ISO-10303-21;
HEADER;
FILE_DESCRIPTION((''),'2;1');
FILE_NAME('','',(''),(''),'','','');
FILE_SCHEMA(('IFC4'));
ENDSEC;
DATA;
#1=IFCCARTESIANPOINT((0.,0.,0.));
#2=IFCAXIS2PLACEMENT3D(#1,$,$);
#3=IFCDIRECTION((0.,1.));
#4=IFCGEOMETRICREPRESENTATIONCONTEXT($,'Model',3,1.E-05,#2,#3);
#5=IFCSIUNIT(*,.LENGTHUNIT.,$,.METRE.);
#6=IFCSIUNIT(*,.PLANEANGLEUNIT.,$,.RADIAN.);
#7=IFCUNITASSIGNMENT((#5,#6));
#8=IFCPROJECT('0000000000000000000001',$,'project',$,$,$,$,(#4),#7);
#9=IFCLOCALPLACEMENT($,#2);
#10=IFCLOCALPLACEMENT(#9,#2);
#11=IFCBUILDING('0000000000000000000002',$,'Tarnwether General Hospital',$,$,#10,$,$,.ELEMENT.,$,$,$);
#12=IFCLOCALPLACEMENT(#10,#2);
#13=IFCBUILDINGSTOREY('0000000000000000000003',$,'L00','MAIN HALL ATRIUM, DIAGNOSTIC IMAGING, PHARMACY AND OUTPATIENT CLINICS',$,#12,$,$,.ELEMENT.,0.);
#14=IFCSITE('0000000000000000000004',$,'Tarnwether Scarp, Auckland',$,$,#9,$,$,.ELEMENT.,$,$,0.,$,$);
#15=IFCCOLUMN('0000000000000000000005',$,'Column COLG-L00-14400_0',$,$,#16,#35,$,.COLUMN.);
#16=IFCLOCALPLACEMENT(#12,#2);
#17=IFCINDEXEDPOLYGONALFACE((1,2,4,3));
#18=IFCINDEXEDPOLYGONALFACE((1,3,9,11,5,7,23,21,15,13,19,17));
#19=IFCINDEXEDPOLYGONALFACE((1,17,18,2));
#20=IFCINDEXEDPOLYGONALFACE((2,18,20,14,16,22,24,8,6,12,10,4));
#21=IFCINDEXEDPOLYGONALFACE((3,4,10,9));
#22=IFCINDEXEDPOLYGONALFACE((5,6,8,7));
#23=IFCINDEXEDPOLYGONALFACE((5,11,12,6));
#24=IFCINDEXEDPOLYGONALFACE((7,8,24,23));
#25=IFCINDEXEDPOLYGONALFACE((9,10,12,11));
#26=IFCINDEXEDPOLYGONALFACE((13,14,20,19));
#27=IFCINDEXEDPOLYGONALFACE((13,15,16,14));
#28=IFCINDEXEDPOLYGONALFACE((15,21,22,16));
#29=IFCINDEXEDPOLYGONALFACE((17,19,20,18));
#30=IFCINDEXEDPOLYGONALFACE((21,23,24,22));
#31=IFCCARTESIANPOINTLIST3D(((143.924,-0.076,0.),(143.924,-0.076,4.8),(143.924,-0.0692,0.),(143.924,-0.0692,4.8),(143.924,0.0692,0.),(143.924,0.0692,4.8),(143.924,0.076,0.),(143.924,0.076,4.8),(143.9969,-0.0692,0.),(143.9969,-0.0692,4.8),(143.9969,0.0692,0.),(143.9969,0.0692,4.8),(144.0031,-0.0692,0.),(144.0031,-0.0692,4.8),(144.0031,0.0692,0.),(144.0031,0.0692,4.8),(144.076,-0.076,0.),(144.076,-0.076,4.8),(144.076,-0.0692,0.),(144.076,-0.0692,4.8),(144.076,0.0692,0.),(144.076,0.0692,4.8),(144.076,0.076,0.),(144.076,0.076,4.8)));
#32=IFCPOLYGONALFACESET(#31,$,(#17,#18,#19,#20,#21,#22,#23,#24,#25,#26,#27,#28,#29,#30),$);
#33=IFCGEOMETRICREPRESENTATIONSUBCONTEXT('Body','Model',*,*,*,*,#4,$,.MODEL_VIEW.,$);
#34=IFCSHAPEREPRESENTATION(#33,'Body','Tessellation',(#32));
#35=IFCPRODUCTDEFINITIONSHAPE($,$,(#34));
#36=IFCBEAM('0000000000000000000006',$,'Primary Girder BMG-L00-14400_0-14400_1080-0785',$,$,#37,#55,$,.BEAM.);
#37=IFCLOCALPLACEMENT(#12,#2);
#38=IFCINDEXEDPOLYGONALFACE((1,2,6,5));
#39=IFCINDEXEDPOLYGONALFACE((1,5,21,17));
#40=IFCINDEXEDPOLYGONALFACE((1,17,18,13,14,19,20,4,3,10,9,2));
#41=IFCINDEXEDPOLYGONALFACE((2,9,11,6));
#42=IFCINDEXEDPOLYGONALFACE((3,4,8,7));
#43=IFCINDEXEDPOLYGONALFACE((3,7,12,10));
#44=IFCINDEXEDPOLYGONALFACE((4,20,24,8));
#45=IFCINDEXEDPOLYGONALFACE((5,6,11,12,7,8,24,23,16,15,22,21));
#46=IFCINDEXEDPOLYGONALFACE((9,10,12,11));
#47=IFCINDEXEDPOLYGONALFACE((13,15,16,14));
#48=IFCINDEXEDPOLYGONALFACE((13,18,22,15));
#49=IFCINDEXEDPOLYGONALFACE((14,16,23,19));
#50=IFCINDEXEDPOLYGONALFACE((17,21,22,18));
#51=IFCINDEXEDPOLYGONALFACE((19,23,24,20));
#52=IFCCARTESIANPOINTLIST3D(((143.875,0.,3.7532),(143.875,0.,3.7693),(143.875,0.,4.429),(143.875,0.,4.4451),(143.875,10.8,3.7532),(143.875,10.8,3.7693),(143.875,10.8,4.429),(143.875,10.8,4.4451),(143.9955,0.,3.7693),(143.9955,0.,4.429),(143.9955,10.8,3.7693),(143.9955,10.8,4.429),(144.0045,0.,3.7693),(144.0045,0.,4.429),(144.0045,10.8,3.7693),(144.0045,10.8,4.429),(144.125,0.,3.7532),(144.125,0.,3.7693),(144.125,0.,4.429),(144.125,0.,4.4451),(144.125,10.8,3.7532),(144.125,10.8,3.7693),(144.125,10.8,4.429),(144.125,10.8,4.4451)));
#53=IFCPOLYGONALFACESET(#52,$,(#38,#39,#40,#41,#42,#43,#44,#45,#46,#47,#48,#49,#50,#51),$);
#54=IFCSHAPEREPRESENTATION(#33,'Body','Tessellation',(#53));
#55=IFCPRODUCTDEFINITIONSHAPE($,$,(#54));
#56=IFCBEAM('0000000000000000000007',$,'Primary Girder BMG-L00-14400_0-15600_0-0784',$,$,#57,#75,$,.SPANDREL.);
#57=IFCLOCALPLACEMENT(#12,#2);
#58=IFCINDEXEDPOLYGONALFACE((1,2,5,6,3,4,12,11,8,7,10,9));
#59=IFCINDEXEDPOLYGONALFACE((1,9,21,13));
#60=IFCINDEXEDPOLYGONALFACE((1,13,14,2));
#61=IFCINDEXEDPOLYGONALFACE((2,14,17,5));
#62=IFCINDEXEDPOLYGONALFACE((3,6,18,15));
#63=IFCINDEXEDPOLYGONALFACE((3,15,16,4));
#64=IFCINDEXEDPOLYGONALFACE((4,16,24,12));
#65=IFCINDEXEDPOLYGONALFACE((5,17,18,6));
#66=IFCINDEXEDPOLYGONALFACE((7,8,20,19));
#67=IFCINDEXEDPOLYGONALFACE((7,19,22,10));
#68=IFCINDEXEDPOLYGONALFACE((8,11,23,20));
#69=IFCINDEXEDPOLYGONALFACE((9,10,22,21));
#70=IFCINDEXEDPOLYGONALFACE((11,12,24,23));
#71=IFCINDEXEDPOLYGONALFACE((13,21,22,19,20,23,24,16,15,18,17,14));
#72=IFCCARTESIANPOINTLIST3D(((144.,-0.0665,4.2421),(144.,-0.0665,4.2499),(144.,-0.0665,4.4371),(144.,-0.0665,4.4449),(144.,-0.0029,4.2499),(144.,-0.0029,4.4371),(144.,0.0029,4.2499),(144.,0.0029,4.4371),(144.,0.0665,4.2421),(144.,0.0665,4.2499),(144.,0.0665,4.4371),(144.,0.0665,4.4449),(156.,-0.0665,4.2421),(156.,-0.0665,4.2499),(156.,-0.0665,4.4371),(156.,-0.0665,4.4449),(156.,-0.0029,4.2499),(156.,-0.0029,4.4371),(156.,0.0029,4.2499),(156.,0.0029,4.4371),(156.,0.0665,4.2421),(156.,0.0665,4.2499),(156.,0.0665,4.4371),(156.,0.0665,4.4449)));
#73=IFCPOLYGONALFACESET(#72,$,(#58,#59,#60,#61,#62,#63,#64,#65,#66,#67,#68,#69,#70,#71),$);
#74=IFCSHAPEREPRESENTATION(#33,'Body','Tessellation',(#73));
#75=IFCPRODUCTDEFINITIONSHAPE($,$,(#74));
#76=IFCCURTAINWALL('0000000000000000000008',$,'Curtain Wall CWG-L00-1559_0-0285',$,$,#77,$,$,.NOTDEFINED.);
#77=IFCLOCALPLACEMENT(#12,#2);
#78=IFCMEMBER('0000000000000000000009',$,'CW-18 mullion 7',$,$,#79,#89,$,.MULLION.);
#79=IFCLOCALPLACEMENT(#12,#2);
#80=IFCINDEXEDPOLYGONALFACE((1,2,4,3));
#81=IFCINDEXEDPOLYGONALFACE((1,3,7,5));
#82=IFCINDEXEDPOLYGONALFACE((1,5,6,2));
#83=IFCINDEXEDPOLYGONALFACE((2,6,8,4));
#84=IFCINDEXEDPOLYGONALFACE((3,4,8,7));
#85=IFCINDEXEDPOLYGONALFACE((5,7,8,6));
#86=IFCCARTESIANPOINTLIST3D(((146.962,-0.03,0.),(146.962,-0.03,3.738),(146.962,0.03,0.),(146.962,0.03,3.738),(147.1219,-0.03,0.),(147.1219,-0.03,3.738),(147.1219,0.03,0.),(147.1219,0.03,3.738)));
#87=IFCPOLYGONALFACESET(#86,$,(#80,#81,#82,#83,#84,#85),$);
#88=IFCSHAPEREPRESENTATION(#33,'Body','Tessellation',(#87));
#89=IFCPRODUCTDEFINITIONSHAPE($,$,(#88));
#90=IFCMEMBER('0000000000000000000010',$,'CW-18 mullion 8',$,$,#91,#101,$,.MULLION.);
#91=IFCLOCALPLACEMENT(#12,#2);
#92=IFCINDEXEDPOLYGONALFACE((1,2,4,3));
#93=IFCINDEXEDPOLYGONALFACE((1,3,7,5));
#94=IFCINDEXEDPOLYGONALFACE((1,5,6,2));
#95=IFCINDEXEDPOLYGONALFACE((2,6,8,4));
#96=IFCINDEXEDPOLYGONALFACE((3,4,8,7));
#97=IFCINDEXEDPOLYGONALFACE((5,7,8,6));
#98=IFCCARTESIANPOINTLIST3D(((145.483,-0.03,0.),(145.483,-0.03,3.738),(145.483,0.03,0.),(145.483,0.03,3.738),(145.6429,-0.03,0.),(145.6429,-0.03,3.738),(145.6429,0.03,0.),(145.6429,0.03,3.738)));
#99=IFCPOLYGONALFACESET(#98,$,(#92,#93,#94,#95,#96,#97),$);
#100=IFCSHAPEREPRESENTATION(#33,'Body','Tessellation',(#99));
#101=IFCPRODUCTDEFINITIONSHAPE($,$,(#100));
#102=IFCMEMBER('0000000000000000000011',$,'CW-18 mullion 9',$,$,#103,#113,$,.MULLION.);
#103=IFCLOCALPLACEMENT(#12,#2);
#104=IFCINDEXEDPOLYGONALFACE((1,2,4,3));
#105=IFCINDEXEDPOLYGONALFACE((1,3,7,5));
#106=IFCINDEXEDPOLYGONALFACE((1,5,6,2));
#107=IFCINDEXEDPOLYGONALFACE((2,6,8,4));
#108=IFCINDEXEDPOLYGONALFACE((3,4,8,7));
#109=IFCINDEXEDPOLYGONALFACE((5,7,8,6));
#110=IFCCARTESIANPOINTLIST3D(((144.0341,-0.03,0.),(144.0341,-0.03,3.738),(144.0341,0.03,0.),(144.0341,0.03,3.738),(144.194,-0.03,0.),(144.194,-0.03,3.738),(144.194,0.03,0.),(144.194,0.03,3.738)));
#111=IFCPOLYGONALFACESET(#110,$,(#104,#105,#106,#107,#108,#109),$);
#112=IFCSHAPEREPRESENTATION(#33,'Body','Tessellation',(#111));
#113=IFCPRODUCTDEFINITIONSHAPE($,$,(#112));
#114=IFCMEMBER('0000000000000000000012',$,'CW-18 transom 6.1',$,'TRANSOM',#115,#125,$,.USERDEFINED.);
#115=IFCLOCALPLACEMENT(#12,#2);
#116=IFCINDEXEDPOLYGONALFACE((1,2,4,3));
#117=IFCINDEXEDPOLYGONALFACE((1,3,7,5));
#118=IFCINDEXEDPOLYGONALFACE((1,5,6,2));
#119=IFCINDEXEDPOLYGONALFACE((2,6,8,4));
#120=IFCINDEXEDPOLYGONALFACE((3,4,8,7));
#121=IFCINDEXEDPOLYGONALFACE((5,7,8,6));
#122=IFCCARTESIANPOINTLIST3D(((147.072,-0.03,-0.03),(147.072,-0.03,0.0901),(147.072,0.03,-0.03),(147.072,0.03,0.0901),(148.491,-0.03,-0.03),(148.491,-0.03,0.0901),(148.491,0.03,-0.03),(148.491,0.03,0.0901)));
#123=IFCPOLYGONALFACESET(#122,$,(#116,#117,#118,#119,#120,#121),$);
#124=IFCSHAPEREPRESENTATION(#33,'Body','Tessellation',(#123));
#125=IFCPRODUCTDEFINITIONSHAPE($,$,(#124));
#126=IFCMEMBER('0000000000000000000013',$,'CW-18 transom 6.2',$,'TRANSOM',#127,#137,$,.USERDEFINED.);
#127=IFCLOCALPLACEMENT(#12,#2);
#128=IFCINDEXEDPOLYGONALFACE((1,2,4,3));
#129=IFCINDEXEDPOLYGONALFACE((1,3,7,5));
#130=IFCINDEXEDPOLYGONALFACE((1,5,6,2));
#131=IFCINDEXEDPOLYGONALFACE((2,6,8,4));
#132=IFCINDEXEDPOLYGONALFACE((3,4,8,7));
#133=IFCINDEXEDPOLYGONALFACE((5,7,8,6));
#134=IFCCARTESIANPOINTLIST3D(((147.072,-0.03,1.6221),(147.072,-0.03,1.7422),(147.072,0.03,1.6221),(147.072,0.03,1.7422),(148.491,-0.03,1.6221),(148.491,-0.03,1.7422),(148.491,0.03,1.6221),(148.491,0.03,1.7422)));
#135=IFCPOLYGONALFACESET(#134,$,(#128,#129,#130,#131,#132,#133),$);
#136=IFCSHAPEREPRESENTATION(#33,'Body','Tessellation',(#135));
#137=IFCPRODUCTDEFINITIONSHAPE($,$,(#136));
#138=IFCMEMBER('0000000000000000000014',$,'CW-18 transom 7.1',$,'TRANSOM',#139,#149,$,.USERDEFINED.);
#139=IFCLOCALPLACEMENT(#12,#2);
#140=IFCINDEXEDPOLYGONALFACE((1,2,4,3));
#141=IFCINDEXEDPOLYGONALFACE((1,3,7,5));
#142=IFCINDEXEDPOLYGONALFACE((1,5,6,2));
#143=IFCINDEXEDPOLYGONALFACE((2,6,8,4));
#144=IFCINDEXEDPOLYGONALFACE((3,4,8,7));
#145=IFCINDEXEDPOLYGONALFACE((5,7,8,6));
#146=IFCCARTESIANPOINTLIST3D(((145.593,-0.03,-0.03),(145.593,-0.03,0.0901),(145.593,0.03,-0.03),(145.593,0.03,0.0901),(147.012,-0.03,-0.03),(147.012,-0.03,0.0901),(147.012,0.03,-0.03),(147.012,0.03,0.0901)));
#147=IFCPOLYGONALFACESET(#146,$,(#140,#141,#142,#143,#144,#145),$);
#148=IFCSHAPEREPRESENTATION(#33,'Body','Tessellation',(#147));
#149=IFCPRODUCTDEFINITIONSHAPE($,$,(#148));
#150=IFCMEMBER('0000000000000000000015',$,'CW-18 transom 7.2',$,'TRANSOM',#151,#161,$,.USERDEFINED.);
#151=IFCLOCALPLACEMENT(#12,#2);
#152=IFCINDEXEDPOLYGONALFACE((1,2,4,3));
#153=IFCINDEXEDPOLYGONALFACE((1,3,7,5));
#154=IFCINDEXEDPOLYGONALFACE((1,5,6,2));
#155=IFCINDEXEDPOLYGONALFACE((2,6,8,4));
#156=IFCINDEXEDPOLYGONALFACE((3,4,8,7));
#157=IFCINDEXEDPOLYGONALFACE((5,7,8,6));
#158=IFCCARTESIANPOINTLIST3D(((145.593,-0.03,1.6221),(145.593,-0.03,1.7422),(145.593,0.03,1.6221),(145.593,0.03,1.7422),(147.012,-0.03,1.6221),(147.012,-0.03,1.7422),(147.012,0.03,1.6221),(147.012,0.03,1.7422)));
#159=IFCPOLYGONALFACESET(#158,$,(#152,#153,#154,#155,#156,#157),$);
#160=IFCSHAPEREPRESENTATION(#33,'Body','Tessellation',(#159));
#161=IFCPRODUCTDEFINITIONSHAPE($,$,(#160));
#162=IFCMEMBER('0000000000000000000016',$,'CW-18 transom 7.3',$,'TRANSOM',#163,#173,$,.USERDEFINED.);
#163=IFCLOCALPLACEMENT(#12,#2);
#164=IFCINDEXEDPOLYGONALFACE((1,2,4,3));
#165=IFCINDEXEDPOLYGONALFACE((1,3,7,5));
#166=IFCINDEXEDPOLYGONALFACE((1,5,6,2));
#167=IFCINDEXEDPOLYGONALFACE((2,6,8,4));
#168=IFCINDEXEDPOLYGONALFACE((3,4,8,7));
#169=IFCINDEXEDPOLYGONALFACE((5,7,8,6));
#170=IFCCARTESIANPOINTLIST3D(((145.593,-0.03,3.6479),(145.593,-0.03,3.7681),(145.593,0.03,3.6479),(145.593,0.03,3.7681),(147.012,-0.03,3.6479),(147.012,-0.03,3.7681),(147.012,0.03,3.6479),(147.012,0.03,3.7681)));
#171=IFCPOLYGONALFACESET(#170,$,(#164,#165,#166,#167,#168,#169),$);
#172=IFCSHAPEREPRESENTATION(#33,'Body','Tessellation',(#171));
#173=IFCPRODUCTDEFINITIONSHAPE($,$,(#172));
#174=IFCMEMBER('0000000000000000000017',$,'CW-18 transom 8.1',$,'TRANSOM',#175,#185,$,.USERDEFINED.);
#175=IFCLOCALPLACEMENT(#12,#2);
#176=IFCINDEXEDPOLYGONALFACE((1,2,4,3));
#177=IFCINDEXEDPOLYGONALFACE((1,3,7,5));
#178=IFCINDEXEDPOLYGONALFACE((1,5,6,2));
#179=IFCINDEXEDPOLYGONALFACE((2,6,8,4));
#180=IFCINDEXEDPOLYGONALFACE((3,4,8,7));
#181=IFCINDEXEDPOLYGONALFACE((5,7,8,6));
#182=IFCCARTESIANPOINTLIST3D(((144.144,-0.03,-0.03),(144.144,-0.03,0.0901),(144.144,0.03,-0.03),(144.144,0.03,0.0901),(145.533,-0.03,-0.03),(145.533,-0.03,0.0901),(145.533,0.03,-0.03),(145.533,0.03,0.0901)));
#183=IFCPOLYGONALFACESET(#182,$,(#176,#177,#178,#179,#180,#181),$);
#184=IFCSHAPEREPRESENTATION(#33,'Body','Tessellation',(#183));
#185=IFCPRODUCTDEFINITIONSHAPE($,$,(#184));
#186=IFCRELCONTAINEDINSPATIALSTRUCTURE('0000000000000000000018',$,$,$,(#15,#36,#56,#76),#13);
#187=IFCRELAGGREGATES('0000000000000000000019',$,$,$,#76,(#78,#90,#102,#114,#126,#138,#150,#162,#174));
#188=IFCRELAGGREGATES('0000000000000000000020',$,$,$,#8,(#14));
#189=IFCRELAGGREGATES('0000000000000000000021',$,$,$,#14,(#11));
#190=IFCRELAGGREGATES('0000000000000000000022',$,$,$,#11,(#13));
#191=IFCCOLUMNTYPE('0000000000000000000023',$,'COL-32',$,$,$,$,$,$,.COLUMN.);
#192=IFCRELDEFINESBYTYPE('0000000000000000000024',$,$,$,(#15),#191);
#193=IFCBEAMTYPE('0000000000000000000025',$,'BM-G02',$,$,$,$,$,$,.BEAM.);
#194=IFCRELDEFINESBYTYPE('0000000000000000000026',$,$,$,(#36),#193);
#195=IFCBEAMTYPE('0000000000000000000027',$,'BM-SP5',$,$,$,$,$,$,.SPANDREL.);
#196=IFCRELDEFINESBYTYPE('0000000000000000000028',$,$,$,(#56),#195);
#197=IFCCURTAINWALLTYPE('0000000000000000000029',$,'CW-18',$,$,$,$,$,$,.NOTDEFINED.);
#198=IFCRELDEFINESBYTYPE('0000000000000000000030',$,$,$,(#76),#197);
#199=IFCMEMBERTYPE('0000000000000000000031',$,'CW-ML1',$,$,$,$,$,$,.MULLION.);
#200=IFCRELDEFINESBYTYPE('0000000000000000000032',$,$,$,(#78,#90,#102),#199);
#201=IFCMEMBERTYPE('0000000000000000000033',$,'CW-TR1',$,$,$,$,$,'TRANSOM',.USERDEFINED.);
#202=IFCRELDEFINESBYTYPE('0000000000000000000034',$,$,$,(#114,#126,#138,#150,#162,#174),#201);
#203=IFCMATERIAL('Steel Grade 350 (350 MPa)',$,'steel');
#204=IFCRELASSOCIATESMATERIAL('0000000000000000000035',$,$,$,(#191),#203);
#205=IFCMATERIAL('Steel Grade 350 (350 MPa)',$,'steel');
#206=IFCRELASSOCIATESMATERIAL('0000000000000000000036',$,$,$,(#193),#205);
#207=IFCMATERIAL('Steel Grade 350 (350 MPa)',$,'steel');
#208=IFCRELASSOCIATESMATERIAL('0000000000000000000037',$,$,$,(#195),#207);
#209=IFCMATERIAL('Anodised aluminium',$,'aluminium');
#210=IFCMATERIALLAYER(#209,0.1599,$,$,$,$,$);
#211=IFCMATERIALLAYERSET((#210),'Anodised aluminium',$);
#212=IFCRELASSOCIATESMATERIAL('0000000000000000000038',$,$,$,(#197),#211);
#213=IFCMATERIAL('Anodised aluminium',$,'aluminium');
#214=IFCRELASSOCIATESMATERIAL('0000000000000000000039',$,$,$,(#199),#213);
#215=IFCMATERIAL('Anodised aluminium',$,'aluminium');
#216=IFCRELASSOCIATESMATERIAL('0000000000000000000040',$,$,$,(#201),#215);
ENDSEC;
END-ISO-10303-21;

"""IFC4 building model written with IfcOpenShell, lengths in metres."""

from ifc_helpers import new_model, si_unit, direction, frame, origin, origin_2d, place, context, subcontext, project, spatial, rectangle, i_section, extrude, material, layer, layer_set, material_profile, profile_set, type_object, element, aggregate, save


model = new_model("IFC4")

# Units and contexts
model_context = context("Model", 3, precision=1e-05, world=origin(), true_north=direction((0.0, 1.0)))
body_context = subcontext(model_context, "Body", "Model", "MODEL_VIEW")
ifc_project = project(units=[si_unit("LENGTHUNIT", "METRE"), si_unit("PLANEANGLEUNIT", "RADIAN")], contexts=[model_context])

# Site, building, storey
site_placement = place(None, origin())
site = spatial("IfcSite", under=ifc_project, at=site_placement, Name="Tarnwether Scarp, Auckland", CompositionType="ELEMENT", RefElevation=0.0)
building_placement = place(site_placement, origin())
building = spatial("IfcBuilding", under=site, at=building_placement, Name="Tarnwether General Hospital", CompositionType="ELEMENT")
storey_placement = place(building_placement, origin())
storey = spatial("IfcBuildingStorey", under=building, at=storey_placement, Name="L00", Description="MAIN HALL ATRIUM, DIAGNOSTIC IMAGING, PHARMACY AND OUTPATIENT CLINICS", CompositionType="ELEMENT", Elevation=0.0)

# Column
ifc_material_1 = material(Name="Steel Grade 350 (350 MPa)", Category="steel")
ifc_material_profile_1 = material_profile(ifc_material_1, i_section(OverallWidth=0.1521, OverallDepth=0.1521, WebThickness=0.0061, FlangeThickness=0.0068, at=origin_2d()), Name="150UC23.4")
ifc_profile_set_1 = profile_set([ifc_material_profile_1], Name="Steel Grade 350 (350 MPa)")
column_type = type_object("IfcColumnType", Name="COL-32", PredefinedType="COLUMN", material=ifc_profile_set_1)
column_placement = place(storey_placement, frame((144.0, 0.0, 0.0), z_axis=(0.0, 0.0, 1.0), x_axis=(1.0, 0.0, 0.0)))
element("IfcColumn", 1, at=column_placement, inside=storey, type_object=column_type, Name="Column COLG-L00-14400_0", PredefinedType="COLUMN", context=body_context, shape_type="SweptSolid", body=[
    extrude(i_section(OverallWidth=0.1521, OverallDepth=0.1521, WebThickness=0.0061, FlangeThickness=0.0068, at=origin_2d()), origin(), (0.0, 0.0, 1.0), 4.8),
])

# Beams
ifc_material_2 = material(Name="Steel Grade 350 (350 MPa)", Category="steel")
ifc_material_profile_2 = material_profile(ifc_material_2, i_section(OverallWidth=0.25, OverallDepth=0.6919, WebThickness=0.009, FlangeThickness=0.0161, at=origin_2d()), Name="700WB115")
ifc_profile_set_2 = profile_set([ifc_material_profile_2], Name="Steel Grade 350 (350 MPa)")
beam_type_1 = type_object("IfcBeamType", Name="BM-G02", PredefinedType="BEAM", material=ifc_profile_set_2)
beam_1_placement = place(storey_placement, frame((144.0, 0.0, 4.0991), z_axis=(0.0, 1.0, 0.0), x_axis=(-1.0, 0.0, 0.0)))
element("IfcBeam", 2, at=beam_1_placement, inside=storey, type_object=beam_type_1, Name="Primary Girder BMG-L00-14400_0-14400_1080-0785", PredefinedType="BEAM", context=body_context, shape_type="SweptSolid", body=[
    extrude(i_section(OverallWidth=0.25, OverallDepth=0.6919, WebThickness=0.009, FlangeThickness=0.0161, at=origin_2d()), origin(), (0.0, 0.0, 1.0), 10.8),
])
ifc_material_3 = material(Name="Steel Grade 350 (350 MPa)", Category="steel")
ifc_material_profile_3 = material_profile(ifc_material_3, i_section(OverallWidth=0.1331, OverallDepth=0.2029, WebThickness=0.0059, FlangeThickness=0.0078, at=origin_2d()), Name="200UB25.4")
ifc_profile_set_3 = profile_set([ifc_material_profile_3], Name="Steel Grade 350 (350 MPa)")
beam_type_2 = type_object("IfcBeamType", Name="BM-SP5", PredefinedType="SPANDREL", material=ifc_profile_set_3)
beam_2_placement = place(storey_placement, frame((144.0, 0.0, 4.3435), z_axis=(1.0, 0.0, 0.0), x_axis=(0.0, 1.0, 0.0)))
element("IfcBeam", 3, at=beam_2_placement, inside=storey, type_object=beam_type_2, Name="Primary Girder BMG-L00-14400_0-15600_0-0784", PredefinedType="SPANDREL", context=body_context, shape_type="SweptSolid", body=[
    extrude(i_section(OverallWidth=0.1331, OverallDepth=0.2029, WebThickness=0.0059, FlangeThickness=0.0078, at=origin_2d()), origin(), (0.0, 0.0, 1.0), 12.0),
])

# Curtain wall, members
ifc_material_4 = material(Name="Anodised aluminium", Category="aluminium")
ifc_layer_1 = layer(ifc_material_4, 0.1599)
ifc_layer_set_1 = layer_set([ifc_layer_1], Name="Anodised aluminium")
curtain_wall_type = type_object("IfcCurtainWallType", Name="CW-18", PredefinedType="NOTDEFINED", material=ifc_layer_set_1)
curtain_wall_placement = place(storey_placement, origin())
curtain_wall = element("IfcCurtainWall", 4, at=curtain_wall_placement, inside=storey, type_object=curtain_wall_type, Name="Curtain Wall CWG-L00-1559_0-0285", PredefinedType="NOTDEFINED")
ifc_material_5 = material(Name="Anodised aluminium", Category="aluminium")
ifc_material_profile_4 = material_profile(ifc_material_5, rectangle(XDim=0.0601, YDim=0.1599, at=origin_2d()), Name="ALU-MUL-60x160")
ifc_profile_set_4 = profile_set([ifc_material_profile_4], Name="Anodised aluminium")
member_type_1 = type_object("IfcMemberType", Name="CW-ML1", PredefinedType="MULLION", material=ifc_profile_set_4)
member_1_placement = place(storey_placement, frame((147.042, 0.0, 0.0), z_axis=(0.0, 0.0, 1.0), x_axis=(0.0, -1.0, 0.0)))
member_1 = element("IfcMember", 5, at=member_1_placement, type_object=member_type_1, Name="CW-18 mullion 7", PredefinedType="MULLION", context=body_context, shape_type="SweptSolid", body=[
    extrude(rectangle(XDim=0.0601, YDim=0.1599, at=origin_2d()), origin(), (0.0, 0.0, 1.0), 3.738),
])
member_2_placement = place(storey_placement, frame((145.563, 0.0, 0.0), z_axis=(0.0, 0.0, 1.0), x_axis=(0.0, -1.0, 0.0)))
member_2 = element("IfcMember", 6, at=member_2_placement, type_object=member_type_1, Name="CW-18 mullion 8", PredefinedType="MULLION", context=body_context, shape_type="SweptSolid", body=[
    extrude(rectangle(XDim=0.0601, YDim=0.1599, at=origin_2d()), origin(), (0.0, 0.0, 1.0), 3.738),
])
member_3_placement = place(storey_placement, frame((144.114, 0.0, 0.0), z_axis=(0.0, 0.0, 1.0), x_axis=(0.0, -1.0, 0.0)))
member_3 = element("IfcMember", 7, at=member_3_placement, type_object=member_type_1, Name="CW-18 mullion 9", PredefinedType="MULLION", context=body_context, shape_type="SweptSolid", body=[
    extrude(rectangle(XDim=0.0601, YDim=0.1599, at=origin_2d()), origin(), (0.0, 0.0, 1.0), 3.738),
])
ifc_material_6 = material(Name="Anodised aluminium", Category="aluminium")
ifc_material_profile_5 = material_profile(ifc_material_6, rectangle(XDim=0.0601, YDim=0.1201, at=origin_2d()), Name="ALU-TRN-60x120")
ifc_profile_set_5 = profile_set([ifc_material_profile_5], Name="Anodised aluminium")
member_type_2 = type_object("IfcMemberType", Name="CW-TR1", ElementType="TRANSOM", PredefinedType="USERDEFINED", material=ifc_profile_set_5)
member_4_placement = place(storey_placement, frame((148.491, 0.0, 0.03), z_axis=(-1.0, 0.0, 0.0), x_axis=(0.0, -1.0, 0.0)))
member_4 = element("IfcMember", 8, at=member_4_placement, type_object=member_type_2, Name="CW-18 transom 6.1", ObjectType="TRANSOM", PredefinedType="USERDEFINED", context=body_context, shape_type="SweptSolid", body=[
    extrude(rectangle(XDim=0.0601, YDim=0.1201, at=origin_2d()), origin(), (0.0, 0.0, 1.0), 1.4189),
])
member_5_placement = place(storey_placement, frame((148.491, 0.0, 1.6821), z_axis=(-1.0, 0.0, 0.0), x_axis=(0.0, -1.0, 0.0)))
member_5 = element("IfcMember", 9, at=member_5_placement, type_object=member_type_2, Name="CW-18 transom 6.2", ObjectType="TRANSOM", PredefinedType="USERDEFINED", context=body_context, shape_type="SweptSolid", body=[
    extrude(rectangle(XDim=0.0601, YDim=0.1201, at=origin_2d()), origin(), (0.0, 0.0, 1.0), 1.4189),
])
member_6_placement = place(storey_placement, frame((147.012, 0.0, 0.03), z_axis=(-1.0, 0.0, 0.0), x_axis=(0.0, -1.0, 0.0)))
member_6 = element("IfcMember", 10, at=member_6_placement, type_object=member_type_2, Name="CW-18 transom 7.1", ObjectType="TRANSOM", PredefinedType="USERDEFINED", context=body_context, shape_type="SweptSolid", body=[
    extrude(rectangle(XDim=0.0601, YDim=0.1201, at=origin_2d()), origin(), (0.0, 0.0, 1.0), 1.4189),
])
member_7_placement = place(storey_placement, frame((147.012, 0.0, 1.6821), z_axis=(-1.0, 0.0, 0.0), x_axis=(0.0, -1.0, 0.0)))
member_7 = element("IfcMember", 11, at=member_7_placement, type_object=member_type_2, Name="CW-18 transom 7.2", ObjectType="TRANSOM", PredefinedType="USERDEFINED", context=body_context, shape_type="SweptSolid", body=[
    extrude(rectangle(XDim=0.0601, YDim=0.1201, at=origin_2d()), origin(), (0.0, 0.0, 1.0), 1.4189),
])
member_8_placement = place(storey_placement, frame((147.012, 0.0, 3.708), z_axis=(-1.0, 0.0, 0.0), x_axis=(0.0, -1.0, 0.0)))
member_8 = element("IfcMember", 12, at=member_8_placement, type_object=member_type_2, Name="CW-18 transom 7.3", ObjectType="TRANSOM", PredefinedType="USERDEFINED", context=body_context, shape_type="SweptSolid", body=[
    extrude(rectangle(XDim=0.0601, YDim=0.1201, at=origin_2d()), origin(), (0.0, 0.0, 1.0), 1.4189),
])
member_9_placement = place(storey_placement, frame((145.533, 0.0, 0.03), z_axis=(-1.0, 0.0, 0.0), x_axis=(0.0, -1.0, 0.0)))
member_9 = element("IfcMember", 13, at=member_9_placement, type_object=member_type_2, Name="CW-18 transom 8.1", ObjectType="TRANSOM", PredefinedType="USERDEFINED", context=body_context, shape_type="SweptSolid", body=[
    extrude(rectangle(XDim=0.0601, YDim=0.1201, at=origin_2d()), origin(), (0.0, 0.0, 1.0), 1.3889),
])
aggregate(curtain_wall, [member_1, member_2, member_3, member_4, member_5, member_6, member_7, member_8, member_9])

save(model, "model.ifc")
